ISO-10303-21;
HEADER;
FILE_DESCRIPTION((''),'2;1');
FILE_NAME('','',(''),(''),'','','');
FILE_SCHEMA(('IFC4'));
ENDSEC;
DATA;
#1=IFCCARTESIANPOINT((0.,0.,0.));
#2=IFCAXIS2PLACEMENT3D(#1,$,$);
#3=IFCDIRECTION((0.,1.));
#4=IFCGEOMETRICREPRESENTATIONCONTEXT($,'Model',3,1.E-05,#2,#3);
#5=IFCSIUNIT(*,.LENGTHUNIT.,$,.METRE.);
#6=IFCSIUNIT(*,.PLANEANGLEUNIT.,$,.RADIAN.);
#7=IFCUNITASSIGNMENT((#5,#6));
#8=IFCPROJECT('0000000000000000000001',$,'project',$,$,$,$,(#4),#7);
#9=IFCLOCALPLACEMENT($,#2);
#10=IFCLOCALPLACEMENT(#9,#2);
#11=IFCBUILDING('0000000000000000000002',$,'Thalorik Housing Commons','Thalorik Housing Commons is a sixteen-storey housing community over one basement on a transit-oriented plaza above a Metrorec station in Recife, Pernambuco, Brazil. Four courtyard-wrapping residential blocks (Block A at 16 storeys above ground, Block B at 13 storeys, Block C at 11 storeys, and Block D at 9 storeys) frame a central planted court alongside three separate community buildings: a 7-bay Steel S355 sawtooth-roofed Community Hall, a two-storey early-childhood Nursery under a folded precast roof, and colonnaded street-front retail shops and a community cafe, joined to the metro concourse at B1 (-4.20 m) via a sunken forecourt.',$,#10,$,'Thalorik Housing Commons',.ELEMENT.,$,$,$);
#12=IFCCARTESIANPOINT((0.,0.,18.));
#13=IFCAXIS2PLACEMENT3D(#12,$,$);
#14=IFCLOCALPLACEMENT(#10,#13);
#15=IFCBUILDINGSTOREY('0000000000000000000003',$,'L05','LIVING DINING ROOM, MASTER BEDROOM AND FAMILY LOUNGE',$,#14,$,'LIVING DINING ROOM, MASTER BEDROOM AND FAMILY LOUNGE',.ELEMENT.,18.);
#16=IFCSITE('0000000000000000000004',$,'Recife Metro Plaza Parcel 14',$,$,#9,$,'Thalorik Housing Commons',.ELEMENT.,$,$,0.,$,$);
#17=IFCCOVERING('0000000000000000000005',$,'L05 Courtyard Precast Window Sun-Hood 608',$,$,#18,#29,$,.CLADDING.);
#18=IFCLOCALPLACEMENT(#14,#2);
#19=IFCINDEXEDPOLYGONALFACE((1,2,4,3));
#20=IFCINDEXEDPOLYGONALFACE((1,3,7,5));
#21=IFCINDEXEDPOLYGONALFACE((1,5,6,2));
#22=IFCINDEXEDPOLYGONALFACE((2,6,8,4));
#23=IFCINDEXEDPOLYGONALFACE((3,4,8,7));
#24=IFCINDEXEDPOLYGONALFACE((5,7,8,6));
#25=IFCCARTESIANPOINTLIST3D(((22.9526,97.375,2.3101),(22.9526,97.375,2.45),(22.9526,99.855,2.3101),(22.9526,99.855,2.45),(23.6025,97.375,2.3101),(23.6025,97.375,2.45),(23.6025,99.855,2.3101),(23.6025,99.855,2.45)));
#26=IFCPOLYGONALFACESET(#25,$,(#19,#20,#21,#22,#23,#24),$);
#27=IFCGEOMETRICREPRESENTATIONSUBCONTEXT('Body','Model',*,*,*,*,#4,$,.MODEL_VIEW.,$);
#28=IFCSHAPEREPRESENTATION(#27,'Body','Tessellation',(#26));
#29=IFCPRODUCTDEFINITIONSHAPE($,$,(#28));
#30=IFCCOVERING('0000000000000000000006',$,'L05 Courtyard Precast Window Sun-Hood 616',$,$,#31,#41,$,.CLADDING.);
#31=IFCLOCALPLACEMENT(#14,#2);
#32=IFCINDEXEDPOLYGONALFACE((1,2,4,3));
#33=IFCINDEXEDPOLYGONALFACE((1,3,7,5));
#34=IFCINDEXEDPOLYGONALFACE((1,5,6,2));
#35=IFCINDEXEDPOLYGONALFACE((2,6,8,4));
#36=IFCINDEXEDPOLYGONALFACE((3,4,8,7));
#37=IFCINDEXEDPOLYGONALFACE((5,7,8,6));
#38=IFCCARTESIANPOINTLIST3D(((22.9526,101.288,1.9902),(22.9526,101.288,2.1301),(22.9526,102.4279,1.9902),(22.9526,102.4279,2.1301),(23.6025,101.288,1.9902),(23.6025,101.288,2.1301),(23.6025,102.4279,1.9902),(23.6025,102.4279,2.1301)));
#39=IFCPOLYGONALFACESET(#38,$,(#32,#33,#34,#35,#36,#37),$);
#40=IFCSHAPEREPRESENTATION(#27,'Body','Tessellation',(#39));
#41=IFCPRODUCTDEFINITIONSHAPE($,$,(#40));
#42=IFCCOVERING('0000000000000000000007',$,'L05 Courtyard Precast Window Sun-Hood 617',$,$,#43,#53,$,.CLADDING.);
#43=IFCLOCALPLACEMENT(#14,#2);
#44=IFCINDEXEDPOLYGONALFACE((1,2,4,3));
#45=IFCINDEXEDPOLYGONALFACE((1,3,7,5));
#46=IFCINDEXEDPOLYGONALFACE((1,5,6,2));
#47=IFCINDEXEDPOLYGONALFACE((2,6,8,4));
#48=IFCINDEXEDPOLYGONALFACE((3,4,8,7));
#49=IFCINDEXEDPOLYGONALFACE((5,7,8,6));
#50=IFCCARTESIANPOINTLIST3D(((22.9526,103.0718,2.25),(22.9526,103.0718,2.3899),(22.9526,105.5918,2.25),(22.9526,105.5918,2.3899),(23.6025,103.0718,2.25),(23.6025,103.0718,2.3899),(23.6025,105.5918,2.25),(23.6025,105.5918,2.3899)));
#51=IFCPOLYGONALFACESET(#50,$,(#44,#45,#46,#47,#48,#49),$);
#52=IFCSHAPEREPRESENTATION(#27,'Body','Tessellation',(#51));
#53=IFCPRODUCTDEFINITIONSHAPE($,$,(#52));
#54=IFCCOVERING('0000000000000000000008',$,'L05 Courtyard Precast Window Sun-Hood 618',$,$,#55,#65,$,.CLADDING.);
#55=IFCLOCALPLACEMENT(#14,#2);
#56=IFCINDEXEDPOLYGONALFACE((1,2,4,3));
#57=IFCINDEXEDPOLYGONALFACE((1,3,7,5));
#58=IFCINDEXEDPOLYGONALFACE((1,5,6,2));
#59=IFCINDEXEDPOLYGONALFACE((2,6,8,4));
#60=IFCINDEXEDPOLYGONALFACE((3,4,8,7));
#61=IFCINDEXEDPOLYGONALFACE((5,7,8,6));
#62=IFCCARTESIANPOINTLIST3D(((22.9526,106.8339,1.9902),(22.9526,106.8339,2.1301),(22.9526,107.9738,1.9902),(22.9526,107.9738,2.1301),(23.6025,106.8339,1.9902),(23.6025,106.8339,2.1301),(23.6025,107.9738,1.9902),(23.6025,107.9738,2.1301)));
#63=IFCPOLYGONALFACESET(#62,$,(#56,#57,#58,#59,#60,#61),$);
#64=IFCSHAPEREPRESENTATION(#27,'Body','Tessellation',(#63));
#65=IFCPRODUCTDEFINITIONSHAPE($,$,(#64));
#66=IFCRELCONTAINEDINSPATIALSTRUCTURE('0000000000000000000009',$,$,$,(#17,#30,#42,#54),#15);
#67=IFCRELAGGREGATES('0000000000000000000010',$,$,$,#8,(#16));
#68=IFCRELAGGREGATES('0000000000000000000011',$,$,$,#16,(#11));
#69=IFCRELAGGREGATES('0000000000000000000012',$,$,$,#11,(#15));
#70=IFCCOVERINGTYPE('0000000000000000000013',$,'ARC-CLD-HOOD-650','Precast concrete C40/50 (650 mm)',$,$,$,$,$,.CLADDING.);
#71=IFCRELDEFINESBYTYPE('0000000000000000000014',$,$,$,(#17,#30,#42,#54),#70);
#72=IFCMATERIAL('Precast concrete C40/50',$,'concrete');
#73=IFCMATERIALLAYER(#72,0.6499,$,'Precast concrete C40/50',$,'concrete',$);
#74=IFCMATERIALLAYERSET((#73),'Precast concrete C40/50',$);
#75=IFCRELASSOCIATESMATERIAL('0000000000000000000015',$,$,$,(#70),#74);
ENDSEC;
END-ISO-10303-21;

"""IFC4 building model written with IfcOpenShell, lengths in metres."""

from ifc_helpers import new_model, si_unit, direction, frame, origin, origin_2d, place, context, subcontext, project, spatial, rectangle, extrude, material, layer, layer_set, type_object, element, save


model = new_model("IFC4")

# Units and contexts
model_context = context("Model", 3, precision=1e-05, world=origin(), true_north=direction((0.0, 1.0)))
body_context = subcontext(model_context, "Body", "Model", "MODEL_VIEW")
ifc_project = project(units=[si_unit("LENGTHUNIT", "METRE"), si_unit("PLANEANGLEUNIT", "RADIAN")], contexts=[model_context])

# Site, building, storey
site_placement = place(None, origin())
site = spatial("IfcSite", under=ifc_project, at=site_placement, Name="Recife Metro Plaza Parcel 14", LongName="Thalorik Housing Commons", CompositionType="ELEMENT", RefElevation=0.0)
building_placement = place(site_placement, origin())
building = spatial("IfcBuilding", under=site, at=building_placement, Name="Thalorik Housing Commons", Description="Thalorik Housing Commons is a sixteen-storey housing community over one basement on a transit-oriented plaza above a Metrorec station in Recife, Pernambuco, Brazil. Four courtyard-wrapping residential blocks (Block A at 16 storeys above ground, Block B at 13 storeys, Block C at 11 storeys, and Block D at 9 storeys) frame a central planted court alongside three separate community buildings: a 7-bay Steel S355 sawtooth-roofed Community Hall, a two-storey early-childhood Nursery under a folded precast roof, and colonnaded street-front retail shops and a community cafe, joined to the metro concourse at B1 (-4.20 m) via a sunken forecourt.", LongName="Thalorik Housing Commons", CompositionType="ELEMENT")
storey_placement = place(building_placement, frame((0.0, 0.0, 18.0)))
storey = spatial("IfcBuildingStorey", under=building, at=storey_placement, Name="L05", Description="LIVING DINING ROOM, MASTER BEDROOM AND FAMILY LOUNGE", LongName="LIVING DINING ROOM, MASTER BEDROOM AND FAMILY LOUNGE", CompositionType="ELEMENT", Elevation=18.0)

# Shared definitions
ifc_material_1 = material(Name="Precast concrete C40/50", Category="concrete")

# Coverings
ifc_layer_1 = layer(ifc_material_1, 0.6499, Name="Precast concrete C40/50", Category="concrete")
ifc_layer_set_1 = layer_set([ifc_layer_1], Name="Precast concrete C40/50")
covering_type_1 = type_object("IfcCoveringType", Name="ARC-CLD-HOOD-650", Description="Precast concrete C40/50 (650 mm)", PredefinedType="CLADDING", material=ifc_layer_set_1)
covering_1_placement = place(storey_placement, frame((23.2776, 98.615, 2.3101), z_axis=(0.0, 0.0, 1.0), x_axis=(0.0, 1.0, 0.0)))
element("IfcCovering", 1, at=covering_1_placement, inside=storey, type_object=covering_type_1, Name="L05 Courtyard Precast Window Sun-Hood 608", PredefinedType="CLADDING", context=body_context, shape_type="SweptSolid", body=[
    extrude(rectangle(XDim=2.48, YDim=0.6499, at=origin_2d()), origin(), (0.0, 0.0, 1.0), 0.1399),
])
covering_2_placement = place(storey_placement, frame((23.2776, 101.8579, 1.9902), z_axis=(0.0, 0.0, 1.0), x_axis=(0.0, 1.0, 0.0)))
element("IfcCovering", 2, at=covering_2_placement, inside=storey, type_object=covering_type_1, Name="L05 Courtyard Precast Window Sun-Hood 616", PredefinedType="CLADDING", context=body_context, shape_type="SweptSolid", body=[
    extrude(rectangle(XDim=1.1399, YDim=0.6499, at=origin_2d()), origin(), (0.0, 0.0, 1.0), 0.1399),
])
covering_3_placement = place(storey_placement, frame((23.2776, 104.3318, 2.25), z_axis=(0.0, 0.0, 1.0), x_axis=(0.0, 1.0, 0.0)))
element("IfcCovering", 3, at=covering_3_placement, inside=storey, type_object=covering_type_1, Name="L05 Courtyard Precast Window Sun-Hood 617", PredefinedType="CLADDING", context=body_context, shape_type="SweptSolid", body=[
    extrude(rectangle(XDim=2.52, YDim=0.6499, at=origin_2d()), origin(), (0.0, 0.0, 1.0), 0.1399),
])
covering_4_placement = place(storey_placement, frame((23.2776, 107.4038, 1.9902), z_axis=(0.0, 0.0, 1.0), x_axis=(0.0, 1.0, 0.0)))
element("IfcCovering", 4, at=covering_4_placement, inside=storey, type_object=covering_type_1, Name="L05 Courtyard Precast Window Sun-Hood 618", PredefinedType="CLADDING", context=body_context, shape_type="SweptSolid", body=[
    extrude(rectangle(XDim=1.1399, YDim=0.6499, at=origin_2d()), origin(), (0.0, 0.0, 1.0), 0.1399),
])

save(model, "model.ifc")
